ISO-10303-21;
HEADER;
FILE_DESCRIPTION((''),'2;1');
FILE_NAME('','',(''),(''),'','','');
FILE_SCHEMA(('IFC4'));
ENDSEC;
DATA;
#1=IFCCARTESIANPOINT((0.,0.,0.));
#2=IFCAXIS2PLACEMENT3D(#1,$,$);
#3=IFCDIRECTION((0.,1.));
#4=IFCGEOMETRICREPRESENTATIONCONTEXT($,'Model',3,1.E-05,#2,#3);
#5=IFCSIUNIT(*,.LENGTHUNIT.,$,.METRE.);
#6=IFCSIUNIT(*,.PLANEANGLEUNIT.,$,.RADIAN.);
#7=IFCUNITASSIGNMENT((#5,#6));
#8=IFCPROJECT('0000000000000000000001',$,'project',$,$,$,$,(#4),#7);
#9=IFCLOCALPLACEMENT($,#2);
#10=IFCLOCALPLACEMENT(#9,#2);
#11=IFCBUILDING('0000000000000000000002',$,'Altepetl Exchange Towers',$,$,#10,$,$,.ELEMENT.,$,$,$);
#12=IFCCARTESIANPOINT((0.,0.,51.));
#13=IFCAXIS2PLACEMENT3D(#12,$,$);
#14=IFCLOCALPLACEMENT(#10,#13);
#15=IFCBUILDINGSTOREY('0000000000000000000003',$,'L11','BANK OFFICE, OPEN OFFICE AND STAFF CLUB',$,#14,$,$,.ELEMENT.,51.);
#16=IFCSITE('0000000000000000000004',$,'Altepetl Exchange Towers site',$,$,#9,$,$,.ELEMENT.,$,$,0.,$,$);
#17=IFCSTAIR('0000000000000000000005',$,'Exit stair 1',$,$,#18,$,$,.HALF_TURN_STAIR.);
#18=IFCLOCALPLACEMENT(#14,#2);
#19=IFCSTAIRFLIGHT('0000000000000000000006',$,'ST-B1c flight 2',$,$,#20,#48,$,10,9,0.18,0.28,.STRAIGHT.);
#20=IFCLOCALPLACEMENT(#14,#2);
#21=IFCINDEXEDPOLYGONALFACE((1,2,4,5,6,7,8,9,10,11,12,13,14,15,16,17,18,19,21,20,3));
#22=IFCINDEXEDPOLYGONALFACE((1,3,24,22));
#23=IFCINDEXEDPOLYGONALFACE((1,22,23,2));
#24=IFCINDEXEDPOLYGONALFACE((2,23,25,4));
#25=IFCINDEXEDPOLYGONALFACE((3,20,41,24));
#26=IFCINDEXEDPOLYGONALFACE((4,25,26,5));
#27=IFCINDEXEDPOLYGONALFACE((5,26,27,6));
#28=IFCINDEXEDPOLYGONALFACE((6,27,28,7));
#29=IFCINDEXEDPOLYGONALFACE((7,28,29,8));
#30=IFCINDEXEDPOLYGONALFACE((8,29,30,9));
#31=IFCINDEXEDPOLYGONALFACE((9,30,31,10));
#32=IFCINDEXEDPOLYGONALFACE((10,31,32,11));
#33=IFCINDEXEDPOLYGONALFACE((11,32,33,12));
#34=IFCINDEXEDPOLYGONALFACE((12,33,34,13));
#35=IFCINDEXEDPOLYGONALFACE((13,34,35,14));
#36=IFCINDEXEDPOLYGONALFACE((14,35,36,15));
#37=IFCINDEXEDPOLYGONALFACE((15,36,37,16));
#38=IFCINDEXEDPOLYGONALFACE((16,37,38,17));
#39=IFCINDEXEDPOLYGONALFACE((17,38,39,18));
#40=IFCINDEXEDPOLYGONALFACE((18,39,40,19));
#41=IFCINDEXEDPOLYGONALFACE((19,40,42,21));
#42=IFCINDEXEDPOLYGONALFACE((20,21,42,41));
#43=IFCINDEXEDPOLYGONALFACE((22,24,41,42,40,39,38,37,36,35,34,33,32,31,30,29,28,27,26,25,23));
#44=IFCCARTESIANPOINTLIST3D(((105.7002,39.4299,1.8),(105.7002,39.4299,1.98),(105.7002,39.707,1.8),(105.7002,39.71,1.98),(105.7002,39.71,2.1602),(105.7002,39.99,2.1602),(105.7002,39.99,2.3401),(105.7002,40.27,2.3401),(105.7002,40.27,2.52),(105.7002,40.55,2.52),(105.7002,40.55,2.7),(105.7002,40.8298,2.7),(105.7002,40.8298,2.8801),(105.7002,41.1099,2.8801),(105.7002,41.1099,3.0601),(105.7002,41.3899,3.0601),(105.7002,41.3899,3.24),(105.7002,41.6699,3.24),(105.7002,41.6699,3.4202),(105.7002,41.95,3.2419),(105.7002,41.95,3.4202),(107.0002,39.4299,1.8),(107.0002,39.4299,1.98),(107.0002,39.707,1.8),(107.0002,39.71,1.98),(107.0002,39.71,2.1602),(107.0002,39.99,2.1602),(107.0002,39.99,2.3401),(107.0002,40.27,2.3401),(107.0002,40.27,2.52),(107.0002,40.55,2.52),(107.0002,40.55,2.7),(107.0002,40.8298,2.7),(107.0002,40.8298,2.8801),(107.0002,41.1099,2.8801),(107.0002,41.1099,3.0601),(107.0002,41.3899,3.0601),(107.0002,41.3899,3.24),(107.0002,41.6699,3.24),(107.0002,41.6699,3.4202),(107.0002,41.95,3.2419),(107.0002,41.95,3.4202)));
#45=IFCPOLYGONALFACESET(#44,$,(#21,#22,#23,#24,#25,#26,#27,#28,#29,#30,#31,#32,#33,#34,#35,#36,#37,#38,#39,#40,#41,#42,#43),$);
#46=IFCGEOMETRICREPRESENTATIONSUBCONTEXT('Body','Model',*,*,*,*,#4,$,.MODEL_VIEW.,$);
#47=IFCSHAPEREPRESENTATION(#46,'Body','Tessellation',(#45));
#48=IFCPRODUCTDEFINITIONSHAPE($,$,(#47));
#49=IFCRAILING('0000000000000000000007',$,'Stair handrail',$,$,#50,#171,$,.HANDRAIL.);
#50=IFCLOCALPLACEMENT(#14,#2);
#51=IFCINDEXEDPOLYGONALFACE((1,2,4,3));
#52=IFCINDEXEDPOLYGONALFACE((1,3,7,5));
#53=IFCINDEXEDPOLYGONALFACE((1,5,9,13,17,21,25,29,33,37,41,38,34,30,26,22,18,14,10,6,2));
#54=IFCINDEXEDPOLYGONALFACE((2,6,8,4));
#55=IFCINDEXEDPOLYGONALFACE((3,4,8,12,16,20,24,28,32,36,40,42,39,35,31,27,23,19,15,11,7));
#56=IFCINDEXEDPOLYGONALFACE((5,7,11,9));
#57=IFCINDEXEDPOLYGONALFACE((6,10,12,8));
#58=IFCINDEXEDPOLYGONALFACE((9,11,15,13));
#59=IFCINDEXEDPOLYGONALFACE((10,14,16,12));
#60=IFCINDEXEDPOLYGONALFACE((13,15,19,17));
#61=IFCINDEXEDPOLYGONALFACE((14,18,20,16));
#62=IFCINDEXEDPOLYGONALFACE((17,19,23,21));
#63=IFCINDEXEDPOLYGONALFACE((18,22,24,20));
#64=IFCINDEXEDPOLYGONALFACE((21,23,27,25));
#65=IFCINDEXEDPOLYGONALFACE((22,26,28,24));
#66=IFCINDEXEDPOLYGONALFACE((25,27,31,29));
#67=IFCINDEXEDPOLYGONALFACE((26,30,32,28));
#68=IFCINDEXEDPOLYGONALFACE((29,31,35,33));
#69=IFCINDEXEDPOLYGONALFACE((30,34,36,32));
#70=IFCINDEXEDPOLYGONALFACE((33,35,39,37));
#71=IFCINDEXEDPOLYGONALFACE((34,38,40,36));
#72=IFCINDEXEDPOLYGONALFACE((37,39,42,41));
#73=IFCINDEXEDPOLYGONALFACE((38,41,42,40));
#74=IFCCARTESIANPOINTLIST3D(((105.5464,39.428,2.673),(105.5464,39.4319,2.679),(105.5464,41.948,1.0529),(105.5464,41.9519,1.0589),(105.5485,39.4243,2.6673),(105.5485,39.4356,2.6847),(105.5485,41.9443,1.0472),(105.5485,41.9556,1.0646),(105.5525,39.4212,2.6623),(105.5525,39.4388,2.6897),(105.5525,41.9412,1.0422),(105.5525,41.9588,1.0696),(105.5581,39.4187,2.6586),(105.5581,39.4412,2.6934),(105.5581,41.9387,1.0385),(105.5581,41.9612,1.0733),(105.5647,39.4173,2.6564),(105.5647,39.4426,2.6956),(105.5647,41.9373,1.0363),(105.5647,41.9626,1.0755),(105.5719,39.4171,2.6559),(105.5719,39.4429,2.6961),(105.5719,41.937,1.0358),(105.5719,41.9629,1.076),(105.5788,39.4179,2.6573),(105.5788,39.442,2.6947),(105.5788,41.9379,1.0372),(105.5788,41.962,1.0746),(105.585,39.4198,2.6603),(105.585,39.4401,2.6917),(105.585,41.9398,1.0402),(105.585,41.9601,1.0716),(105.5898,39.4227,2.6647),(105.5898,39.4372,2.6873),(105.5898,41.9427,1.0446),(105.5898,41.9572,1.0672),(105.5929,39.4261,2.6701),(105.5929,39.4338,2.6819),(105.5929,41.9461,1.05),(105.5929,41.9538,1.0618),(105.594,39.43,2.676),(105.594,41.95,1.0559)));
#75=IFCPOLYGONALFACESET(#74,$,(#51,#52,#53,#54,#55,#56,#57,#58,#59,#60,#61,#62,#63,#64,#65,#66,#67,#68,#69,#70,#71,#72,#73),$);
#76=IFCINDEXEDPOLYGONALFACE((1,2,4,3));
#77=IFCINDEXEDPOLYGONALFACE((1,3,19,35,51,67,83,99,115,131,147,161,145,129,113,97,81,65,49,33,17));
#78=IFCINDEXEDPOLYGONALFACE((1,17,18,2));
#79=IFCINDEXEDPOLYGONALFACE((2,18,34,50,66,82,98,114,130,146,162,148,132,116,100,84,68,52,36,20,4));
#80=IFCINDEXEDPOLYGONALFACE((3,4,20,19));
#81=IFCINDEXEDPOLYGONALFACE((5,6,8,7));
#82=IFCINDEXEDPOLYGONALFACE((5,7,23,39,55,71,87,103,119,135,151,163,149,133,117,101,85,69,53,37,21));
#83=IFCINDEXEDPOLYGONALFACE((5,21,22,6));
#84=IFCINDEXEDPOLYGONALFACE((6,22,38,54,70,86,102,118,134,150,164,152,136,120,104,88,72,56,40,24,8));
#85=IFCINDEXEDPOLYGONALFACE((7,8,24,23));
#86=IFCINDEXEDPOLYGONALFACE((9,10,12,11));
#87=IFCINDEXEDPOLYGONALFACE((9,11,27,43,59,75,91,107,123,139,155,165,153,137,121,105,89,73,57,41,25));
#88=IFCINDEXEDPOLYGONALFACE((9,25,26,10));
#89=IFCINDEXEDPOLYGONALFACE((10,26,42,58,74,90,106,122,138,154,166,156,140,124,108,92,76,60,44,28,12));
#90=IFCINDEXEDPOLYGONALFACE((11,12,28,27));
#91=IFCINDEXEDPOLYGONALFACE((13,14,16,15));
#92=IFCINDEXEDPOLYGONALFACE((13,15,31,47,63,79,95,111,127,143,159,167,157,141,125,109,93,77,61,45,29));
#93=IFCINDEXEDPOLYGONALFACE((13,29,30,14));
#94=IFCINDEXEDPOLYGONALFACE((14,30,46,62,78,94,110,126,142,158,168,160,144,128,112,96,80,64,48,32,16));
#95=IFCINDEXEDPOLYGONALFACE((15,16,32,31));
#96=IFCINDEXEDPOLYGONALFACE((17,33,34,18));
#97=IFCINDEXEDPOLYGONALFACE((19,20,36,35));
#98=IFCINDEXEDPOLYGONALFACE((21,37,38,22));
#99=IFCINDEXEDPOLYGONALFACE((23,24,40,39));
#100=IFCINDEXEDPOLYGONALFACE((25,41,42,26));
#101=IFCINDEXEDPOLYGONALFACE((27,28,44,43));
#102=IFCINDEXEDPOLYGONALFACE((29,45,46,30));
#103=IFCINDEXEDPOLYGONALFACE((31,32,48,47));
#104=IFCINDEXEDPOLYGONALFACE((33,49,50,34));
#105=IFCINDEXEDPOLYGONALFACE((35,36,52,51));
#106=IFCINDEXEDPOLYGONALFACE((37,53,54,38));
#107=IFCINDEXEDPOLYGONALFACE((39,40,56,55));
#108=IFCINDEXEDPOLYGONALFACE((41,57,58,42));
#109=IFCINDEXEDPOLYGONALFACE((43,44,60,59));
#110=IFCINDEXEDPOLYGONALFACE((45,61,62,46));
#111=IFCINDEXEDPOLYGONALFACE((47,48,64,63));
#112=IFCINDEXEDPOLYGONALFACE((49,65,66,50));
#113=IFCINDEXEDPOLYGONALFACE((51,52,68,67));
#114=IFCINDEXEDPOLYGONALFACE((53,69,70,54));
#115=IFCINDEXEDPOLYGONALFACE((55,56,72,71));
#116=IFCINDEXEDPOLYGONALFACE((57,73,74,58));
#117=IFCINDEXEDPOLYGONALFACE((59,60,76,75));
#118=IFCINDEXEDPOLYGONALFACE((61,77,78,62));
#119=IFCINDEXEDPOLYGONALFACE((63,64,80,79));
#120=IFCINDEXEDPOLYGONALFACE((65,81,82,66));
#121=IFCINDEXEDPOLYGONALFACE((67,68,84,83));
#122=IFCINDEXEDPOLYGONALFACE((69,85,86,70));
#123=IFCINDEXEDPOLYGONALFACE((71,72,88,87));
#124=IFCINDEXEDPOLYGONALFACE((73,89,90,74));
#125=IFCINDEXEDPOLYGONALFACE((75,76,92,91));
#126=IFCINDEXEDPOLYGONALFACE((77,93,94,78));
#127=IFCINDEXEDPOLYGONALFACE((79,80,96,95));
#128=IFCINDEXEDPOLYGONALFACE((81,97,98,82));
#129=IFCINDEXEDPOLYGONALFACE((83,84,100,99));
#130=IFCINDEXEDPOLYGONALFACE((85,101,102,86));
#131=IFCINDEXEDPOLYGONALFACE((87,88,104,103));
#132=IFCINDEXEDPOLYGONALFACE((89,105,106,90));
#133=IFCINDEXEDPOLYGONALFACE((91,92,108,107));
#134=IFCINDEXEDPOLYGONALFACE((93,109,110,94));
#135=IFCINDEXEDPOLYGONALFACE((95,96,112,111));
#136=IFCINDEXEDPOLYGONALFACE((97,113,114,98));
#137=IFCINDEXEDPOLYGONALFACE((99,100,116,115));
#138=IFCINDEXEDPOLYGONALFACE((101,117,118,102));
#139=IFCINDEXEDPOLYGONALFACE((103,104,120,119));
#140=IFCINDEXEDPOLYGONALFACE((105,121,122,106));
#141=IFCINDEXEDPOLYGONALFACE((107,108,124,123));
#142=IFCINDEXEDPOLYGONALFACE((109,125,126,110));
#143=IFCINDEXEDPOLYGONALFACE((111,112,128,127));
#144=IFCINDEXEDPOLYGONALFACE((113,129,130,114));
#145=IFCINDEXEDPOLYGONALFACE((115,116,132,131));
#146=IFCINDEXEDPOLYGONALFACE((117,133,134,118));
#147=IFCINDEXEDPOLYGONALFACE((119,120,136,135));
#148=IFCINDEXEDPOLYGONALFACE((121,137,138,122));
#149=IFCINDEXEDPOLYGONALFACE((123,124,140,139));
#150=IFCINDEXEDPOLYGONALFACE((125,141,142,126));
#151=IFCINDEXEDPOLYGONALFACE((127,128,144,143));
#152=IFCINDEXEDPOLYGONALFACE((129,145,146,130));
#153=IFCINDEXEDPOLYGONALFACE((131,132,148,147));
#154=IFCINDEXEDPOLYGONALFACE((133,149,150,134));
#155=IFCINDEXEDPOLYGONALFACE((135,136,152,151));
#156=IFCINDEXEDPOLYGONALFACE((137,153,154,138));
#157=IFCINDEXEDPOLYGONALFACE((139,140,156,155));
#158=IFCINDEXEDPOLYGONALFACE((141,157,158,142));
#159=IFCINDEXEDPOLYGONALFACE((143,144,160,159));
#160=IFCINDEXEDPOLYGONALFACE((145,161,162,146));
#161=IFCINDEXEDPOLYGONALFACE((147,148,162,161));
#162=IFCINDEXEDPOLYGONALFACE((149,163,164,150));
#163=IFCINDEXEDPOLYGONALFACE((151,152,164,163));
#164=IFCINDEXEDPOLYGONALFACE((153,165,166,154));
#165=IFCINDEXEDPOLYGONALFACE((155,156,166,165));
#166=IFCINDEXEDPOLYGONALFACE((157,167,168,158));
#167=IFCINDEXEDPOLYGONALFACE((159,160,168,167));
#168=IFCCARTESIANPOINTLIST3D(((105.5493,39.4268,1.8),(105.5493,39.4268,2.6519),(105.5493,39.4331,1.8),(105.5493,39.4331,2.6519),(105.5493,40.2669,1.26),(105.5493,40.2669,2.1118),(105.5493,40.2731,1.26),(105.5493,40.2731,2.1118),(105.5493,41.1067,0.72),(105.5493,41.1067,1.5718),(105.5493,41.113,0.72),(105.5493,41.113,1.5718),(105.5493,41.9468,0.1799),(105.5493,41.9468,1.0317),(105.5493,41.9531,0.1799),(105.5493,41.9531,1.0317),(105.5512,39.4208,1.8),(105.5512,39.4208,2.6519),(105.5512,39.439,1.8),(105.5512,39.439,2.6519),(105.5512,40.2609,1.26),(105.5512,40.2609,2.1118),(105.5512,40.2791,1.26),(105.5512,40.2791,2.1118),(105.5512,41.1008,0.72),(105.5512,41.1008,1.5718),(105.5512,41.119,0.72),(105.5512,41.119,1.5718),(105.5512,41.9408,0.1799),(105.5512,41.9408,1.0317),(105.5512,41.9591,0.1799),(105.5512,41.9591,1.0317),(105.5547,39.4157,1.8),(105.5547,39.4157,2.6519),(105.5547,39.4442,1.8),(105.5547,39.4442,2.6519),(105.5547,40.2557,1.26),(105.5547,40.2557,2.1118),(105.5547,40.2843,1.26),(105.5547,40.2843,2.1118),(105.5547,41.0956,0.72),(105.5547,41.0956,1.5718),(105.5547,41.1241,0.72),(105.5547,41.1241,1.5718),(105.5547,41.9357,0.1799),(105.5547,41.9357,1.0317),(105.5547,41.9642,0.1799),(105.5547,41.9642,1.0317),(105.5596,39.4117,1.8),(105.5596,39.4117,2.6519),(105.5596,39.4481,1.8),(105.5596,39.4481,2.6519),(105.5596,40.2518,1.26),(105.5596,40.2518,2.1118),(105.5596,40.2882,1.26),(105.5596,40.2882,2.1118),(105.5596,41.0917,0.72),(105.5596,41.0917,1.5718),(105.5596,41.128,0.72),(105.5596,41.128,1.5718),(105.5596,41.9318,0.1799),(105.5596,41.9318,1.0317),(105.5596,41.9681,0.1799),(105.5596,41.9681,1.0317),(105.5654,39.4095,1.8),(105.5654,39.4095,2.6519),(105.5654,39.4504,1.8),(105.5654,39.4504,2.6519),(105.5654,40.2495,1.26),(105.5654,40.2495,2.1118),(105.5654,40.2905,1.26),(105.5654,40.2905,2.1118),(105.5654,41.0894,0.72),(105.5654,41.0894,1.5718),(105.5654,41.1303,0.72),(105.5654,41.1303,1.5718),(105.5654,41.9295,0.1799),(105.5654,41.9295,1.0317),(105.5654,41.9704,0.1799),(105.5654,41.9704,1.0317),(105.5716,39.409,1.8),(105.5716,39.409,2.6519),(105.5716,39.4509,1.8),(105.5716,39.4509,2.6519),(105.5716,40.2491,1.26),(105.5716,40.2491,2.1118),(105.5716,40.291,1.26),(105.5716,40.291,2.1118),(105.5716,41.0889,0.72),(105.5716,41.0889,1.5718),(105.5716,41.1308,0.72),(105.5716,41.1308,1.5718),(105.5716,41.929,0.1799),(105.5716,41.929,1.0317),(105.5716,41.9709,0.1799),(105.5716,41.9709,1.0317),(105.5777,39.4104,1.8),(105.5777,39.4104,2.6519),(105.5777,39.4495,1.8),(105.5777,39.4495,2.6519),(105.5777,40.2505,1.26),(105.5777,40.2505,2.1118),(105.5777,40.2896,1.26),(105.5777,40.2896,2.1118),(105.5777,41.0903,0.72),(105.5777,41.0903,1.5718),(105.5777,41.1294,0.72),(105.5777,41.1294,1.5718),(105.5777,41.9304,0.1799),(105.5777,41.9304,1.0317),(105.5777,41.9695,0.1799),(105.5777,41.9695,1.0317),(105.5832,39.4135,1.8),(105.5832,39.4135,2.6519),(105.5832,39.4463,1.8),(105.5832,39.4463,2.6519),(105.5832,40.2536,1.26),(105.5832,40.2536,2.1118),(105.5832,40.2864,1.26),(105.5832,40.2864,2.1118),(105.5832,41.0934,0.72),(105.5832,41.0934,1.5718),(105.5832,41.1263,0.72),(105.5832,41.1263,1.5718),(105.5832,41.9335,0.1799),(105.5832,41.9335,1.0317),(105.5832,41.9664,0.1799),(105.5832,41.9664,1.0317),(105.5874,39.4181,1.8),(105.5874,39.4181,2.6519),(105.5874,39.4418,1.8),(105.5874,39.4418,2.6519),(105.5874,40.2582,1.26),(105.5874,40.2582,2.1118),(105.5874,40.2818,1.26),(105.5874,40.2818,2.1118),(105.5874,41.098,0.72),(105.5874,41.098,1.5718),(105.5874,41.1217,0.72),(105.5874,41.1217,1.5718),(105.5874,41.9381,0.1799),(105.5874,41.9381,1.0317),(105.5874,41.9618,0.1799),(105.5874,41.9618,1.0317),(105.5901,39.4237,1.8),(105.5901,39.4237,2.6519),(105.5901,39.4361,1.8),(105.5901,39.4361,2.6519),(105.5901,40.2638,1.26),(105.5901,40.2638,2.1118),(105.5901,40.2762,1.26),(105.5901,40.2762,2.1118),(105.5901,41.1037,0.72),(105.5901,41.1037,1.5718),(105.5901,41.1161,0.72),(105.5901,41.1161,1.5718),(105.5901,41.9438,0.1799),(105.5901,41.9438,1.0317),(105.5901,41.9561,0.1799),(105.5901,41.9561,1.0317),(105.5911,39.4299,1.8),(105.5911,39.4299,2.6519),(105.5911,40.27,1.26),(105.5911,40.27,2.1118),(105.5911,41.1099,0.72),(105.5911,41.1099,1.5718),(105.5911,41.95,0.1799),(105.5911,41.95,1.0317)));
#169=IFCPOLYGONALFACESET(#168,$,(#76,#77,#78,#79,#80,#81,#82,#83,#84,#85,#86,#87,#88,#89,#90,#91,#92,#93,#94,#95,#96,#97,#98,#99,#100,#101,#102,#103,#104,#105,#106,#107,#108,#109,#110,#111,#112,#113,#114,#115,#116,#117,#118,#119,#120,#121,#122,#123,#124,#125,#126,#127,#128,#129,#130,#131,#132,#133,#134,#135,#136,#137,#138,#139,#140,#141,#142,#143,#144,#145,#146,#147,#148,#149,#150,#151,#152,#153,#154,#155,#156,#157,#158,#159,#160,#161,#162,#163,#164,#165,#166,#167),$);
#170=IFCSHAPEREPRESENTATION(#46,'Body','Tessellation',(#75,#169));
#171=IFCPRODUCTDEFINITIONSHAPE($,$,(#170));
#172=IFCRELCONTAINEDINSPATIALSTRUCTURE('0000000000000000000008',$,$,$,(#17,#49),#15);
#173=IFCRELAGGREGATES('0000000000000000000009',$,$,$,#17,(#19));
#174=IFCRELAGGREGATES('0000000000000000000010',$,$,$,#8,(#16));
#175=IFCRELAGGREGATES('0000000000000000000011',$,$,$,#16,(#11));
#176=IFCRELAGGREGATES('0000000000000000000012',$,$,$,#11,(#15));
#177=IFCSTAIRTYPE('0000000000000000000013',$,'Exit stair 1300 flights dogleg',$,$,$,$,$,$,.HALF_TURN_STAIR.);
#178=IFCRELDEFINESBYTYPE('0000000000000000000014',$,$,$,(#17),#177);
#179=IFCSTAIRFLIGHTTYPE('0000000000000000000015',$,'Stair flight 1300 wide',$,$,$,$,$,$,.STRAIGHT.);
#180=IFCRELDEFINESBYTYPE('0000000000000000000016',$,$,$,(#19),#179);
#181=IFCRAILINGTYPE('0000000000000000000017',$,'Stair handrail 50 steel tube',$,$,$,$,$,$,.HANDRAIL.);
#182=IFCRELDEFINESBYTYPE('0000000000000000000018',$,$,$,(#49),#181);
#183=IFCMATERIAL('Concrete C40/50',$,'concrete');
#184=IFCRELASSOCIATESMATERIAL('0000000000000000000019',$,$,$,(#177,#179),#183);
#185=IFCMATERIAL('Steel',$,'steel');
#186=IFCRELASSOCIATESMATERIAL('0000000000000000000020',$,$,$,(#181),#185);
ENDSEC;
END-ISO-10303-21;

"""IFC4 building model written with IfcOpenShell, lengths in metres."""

from ifc_helpers import new_model, si_unit, direction, frame, origin, origin_2d, place, context, subcontext, project, spatial, polyline, circle, outline, extrude, source, transform, mapped, material, type_object, element, aggregate, save


model = new_model("IFC4")

# Units and contexts
model_context = context("Model", 3, precision=1e-05, world=origin(), true_north=direction((0.0, 1.0)))
body_context = subcontext(model_context, "Body", "Model", "MODEL_VIEW")
ifc_project = project(units=[si_unit("LENGTHUNIT", "METRE"), si_unit("PLANEANGLEUNIT", "RADIAN")], contexts=[model_context])

# Site, building, storey
site_placement = place(None, origin())
site = spatial("IfcSite", under=ifc_project, at=site_placement, Name="Altepetl Exchange Towers site", CompositionType="ELEMENT", RefElevation=0.0)
building_placement = place(site_placement, origin())
building = spatial("IfcBuilding", under=site, at=building_placement, Name="Altepetl Exchange Towers", CompositionType="ELEMENT")
storey_placement = place(building_placement, frame((0.0, 0.0, 51.0)))
storey = spatial("IfcBuildingStorey", under=building, at=storey_placement, Name="L11", Description="BANK OFFICE, OPEN OFFICE AND STAFF CLUB", CompositionType="ELEMENT", Elevation=51.0)

# Shared definitions
ifc_material_1 = material(Name="Concrete C40/50", Category="concrete")

# Stair, stair flight
stair_type = type_object("IfcStairType", Name="Exit stair 1300 flights dogleg", PredefinedType="HALF_TURN_STAIR", material=ifc_material_1)
stair_placement = place(storey_placement, origin())
stair = element("IfcStair", 1, at=stair_placement, inside=storey, type_object=stair_type, Name="Exit stair 1", PredefinedType="HALF_TURN_STAIR")
stair_flight_type = type_object("IfcStairFlightType", Name="Stair flight 1300 wide", PredefinedType="STRAIGHT", material=ifc_material_1)
stair_flight_1_placement = place(storey_placement, frame((106.3501, 39.4299, 1.8), z_axis=(0.0, 0.0, 1.0), x_axis=(0.0, 1.0, 0.0)))
stair_flight_1 = element("IfcStairFlight", 2, at=stair_flight_1_placement, type_object=stair_flight_type, Name="ST-B1c flight 2", NumberOfRisers=10, NumberOfTreads=9, PredefinedType="STRAIGHT", RiserHeight=0.18, TreadLength=0.28, context=body_context, shape_type="SweptSolid", body=[
    extrude(outline(polyline([(0.0, 0.0), (0.0, 0.1799), (0.28, 0.1799), (0.28, 0.3601), (0.5601, 0.3601), (0.5601, 0.54), (0.8401, 0.54), (0.8401, 0.72), (1.1201, 0.72), (1.1201, 0.8999), (1.3999, 0.8999), (1.3999, 1.0801), (1.6799, 1.0801), (1.6799, 1.26), (1.96, 1.26), (1.96, 1.4399), (2.24, 1.4399), (2.24, 1.6201), (2.52, 1.6201), (2.52, 1.8), (2.52, 1.4419), (0.2771, 0.0), (0.0, 0.0)])), frame((0.0, 0.6499, 0.0), z_axis=(0.0, -1.0, 0.0), x_axis=(1.0, 0.0, 0.0)), (0.0, 0.0, 1.0), 1.3),
])
aggregate(stair, [stair_flight_1])

# Railing
ifc_material_2 = material(Name="Steel", Category="steel")
railing_type = type_object("IfcRailingType", Name="Stair handrail 50 steel tube", PredefinedType="HANDRAIL", material=ifc_material_2)
shared_shape = source(origin(), body_context, "Body", "SweptSolid", [
    extrude(circle(Radius=0.021, at=origin_2d()), origin(), (0.0, 0.0, 1.0), 0.8518),
])
railing_1_placement = place(storey_placement, frame((105.5701, 41.95, 0.1799)))
element("IfcRailing", 3, at=railing_1_placement, inside=storey, type_object=railing_type, Name="Stair handrail", PredefinedType="HANDRAIL", context=body_context, shape_type="SweptSolid", body=[
    extrude(circle(Radius=0.0239, at=origin_2d()), frame((0.0, 0.0, 0.876), z_axis=(0.0, -0.841163, 0.540782), x_axis=(1.0, 0.0, 0.0)), (0.0, 0.0, 1.0), 2.9958),
    mapped(shared_shape, transform((0.0, 0.0, 0.0))),
    mapped(shared_shape, transform((0.0, -0.8401, 0.54))),
    mapped(shared_shape, transform((0.0, -1.6799, 1.0801))),
    mapped(shared_shape, transform((0.0, -2.52, 1.6201))),
])

save(model, "model.ifc")
